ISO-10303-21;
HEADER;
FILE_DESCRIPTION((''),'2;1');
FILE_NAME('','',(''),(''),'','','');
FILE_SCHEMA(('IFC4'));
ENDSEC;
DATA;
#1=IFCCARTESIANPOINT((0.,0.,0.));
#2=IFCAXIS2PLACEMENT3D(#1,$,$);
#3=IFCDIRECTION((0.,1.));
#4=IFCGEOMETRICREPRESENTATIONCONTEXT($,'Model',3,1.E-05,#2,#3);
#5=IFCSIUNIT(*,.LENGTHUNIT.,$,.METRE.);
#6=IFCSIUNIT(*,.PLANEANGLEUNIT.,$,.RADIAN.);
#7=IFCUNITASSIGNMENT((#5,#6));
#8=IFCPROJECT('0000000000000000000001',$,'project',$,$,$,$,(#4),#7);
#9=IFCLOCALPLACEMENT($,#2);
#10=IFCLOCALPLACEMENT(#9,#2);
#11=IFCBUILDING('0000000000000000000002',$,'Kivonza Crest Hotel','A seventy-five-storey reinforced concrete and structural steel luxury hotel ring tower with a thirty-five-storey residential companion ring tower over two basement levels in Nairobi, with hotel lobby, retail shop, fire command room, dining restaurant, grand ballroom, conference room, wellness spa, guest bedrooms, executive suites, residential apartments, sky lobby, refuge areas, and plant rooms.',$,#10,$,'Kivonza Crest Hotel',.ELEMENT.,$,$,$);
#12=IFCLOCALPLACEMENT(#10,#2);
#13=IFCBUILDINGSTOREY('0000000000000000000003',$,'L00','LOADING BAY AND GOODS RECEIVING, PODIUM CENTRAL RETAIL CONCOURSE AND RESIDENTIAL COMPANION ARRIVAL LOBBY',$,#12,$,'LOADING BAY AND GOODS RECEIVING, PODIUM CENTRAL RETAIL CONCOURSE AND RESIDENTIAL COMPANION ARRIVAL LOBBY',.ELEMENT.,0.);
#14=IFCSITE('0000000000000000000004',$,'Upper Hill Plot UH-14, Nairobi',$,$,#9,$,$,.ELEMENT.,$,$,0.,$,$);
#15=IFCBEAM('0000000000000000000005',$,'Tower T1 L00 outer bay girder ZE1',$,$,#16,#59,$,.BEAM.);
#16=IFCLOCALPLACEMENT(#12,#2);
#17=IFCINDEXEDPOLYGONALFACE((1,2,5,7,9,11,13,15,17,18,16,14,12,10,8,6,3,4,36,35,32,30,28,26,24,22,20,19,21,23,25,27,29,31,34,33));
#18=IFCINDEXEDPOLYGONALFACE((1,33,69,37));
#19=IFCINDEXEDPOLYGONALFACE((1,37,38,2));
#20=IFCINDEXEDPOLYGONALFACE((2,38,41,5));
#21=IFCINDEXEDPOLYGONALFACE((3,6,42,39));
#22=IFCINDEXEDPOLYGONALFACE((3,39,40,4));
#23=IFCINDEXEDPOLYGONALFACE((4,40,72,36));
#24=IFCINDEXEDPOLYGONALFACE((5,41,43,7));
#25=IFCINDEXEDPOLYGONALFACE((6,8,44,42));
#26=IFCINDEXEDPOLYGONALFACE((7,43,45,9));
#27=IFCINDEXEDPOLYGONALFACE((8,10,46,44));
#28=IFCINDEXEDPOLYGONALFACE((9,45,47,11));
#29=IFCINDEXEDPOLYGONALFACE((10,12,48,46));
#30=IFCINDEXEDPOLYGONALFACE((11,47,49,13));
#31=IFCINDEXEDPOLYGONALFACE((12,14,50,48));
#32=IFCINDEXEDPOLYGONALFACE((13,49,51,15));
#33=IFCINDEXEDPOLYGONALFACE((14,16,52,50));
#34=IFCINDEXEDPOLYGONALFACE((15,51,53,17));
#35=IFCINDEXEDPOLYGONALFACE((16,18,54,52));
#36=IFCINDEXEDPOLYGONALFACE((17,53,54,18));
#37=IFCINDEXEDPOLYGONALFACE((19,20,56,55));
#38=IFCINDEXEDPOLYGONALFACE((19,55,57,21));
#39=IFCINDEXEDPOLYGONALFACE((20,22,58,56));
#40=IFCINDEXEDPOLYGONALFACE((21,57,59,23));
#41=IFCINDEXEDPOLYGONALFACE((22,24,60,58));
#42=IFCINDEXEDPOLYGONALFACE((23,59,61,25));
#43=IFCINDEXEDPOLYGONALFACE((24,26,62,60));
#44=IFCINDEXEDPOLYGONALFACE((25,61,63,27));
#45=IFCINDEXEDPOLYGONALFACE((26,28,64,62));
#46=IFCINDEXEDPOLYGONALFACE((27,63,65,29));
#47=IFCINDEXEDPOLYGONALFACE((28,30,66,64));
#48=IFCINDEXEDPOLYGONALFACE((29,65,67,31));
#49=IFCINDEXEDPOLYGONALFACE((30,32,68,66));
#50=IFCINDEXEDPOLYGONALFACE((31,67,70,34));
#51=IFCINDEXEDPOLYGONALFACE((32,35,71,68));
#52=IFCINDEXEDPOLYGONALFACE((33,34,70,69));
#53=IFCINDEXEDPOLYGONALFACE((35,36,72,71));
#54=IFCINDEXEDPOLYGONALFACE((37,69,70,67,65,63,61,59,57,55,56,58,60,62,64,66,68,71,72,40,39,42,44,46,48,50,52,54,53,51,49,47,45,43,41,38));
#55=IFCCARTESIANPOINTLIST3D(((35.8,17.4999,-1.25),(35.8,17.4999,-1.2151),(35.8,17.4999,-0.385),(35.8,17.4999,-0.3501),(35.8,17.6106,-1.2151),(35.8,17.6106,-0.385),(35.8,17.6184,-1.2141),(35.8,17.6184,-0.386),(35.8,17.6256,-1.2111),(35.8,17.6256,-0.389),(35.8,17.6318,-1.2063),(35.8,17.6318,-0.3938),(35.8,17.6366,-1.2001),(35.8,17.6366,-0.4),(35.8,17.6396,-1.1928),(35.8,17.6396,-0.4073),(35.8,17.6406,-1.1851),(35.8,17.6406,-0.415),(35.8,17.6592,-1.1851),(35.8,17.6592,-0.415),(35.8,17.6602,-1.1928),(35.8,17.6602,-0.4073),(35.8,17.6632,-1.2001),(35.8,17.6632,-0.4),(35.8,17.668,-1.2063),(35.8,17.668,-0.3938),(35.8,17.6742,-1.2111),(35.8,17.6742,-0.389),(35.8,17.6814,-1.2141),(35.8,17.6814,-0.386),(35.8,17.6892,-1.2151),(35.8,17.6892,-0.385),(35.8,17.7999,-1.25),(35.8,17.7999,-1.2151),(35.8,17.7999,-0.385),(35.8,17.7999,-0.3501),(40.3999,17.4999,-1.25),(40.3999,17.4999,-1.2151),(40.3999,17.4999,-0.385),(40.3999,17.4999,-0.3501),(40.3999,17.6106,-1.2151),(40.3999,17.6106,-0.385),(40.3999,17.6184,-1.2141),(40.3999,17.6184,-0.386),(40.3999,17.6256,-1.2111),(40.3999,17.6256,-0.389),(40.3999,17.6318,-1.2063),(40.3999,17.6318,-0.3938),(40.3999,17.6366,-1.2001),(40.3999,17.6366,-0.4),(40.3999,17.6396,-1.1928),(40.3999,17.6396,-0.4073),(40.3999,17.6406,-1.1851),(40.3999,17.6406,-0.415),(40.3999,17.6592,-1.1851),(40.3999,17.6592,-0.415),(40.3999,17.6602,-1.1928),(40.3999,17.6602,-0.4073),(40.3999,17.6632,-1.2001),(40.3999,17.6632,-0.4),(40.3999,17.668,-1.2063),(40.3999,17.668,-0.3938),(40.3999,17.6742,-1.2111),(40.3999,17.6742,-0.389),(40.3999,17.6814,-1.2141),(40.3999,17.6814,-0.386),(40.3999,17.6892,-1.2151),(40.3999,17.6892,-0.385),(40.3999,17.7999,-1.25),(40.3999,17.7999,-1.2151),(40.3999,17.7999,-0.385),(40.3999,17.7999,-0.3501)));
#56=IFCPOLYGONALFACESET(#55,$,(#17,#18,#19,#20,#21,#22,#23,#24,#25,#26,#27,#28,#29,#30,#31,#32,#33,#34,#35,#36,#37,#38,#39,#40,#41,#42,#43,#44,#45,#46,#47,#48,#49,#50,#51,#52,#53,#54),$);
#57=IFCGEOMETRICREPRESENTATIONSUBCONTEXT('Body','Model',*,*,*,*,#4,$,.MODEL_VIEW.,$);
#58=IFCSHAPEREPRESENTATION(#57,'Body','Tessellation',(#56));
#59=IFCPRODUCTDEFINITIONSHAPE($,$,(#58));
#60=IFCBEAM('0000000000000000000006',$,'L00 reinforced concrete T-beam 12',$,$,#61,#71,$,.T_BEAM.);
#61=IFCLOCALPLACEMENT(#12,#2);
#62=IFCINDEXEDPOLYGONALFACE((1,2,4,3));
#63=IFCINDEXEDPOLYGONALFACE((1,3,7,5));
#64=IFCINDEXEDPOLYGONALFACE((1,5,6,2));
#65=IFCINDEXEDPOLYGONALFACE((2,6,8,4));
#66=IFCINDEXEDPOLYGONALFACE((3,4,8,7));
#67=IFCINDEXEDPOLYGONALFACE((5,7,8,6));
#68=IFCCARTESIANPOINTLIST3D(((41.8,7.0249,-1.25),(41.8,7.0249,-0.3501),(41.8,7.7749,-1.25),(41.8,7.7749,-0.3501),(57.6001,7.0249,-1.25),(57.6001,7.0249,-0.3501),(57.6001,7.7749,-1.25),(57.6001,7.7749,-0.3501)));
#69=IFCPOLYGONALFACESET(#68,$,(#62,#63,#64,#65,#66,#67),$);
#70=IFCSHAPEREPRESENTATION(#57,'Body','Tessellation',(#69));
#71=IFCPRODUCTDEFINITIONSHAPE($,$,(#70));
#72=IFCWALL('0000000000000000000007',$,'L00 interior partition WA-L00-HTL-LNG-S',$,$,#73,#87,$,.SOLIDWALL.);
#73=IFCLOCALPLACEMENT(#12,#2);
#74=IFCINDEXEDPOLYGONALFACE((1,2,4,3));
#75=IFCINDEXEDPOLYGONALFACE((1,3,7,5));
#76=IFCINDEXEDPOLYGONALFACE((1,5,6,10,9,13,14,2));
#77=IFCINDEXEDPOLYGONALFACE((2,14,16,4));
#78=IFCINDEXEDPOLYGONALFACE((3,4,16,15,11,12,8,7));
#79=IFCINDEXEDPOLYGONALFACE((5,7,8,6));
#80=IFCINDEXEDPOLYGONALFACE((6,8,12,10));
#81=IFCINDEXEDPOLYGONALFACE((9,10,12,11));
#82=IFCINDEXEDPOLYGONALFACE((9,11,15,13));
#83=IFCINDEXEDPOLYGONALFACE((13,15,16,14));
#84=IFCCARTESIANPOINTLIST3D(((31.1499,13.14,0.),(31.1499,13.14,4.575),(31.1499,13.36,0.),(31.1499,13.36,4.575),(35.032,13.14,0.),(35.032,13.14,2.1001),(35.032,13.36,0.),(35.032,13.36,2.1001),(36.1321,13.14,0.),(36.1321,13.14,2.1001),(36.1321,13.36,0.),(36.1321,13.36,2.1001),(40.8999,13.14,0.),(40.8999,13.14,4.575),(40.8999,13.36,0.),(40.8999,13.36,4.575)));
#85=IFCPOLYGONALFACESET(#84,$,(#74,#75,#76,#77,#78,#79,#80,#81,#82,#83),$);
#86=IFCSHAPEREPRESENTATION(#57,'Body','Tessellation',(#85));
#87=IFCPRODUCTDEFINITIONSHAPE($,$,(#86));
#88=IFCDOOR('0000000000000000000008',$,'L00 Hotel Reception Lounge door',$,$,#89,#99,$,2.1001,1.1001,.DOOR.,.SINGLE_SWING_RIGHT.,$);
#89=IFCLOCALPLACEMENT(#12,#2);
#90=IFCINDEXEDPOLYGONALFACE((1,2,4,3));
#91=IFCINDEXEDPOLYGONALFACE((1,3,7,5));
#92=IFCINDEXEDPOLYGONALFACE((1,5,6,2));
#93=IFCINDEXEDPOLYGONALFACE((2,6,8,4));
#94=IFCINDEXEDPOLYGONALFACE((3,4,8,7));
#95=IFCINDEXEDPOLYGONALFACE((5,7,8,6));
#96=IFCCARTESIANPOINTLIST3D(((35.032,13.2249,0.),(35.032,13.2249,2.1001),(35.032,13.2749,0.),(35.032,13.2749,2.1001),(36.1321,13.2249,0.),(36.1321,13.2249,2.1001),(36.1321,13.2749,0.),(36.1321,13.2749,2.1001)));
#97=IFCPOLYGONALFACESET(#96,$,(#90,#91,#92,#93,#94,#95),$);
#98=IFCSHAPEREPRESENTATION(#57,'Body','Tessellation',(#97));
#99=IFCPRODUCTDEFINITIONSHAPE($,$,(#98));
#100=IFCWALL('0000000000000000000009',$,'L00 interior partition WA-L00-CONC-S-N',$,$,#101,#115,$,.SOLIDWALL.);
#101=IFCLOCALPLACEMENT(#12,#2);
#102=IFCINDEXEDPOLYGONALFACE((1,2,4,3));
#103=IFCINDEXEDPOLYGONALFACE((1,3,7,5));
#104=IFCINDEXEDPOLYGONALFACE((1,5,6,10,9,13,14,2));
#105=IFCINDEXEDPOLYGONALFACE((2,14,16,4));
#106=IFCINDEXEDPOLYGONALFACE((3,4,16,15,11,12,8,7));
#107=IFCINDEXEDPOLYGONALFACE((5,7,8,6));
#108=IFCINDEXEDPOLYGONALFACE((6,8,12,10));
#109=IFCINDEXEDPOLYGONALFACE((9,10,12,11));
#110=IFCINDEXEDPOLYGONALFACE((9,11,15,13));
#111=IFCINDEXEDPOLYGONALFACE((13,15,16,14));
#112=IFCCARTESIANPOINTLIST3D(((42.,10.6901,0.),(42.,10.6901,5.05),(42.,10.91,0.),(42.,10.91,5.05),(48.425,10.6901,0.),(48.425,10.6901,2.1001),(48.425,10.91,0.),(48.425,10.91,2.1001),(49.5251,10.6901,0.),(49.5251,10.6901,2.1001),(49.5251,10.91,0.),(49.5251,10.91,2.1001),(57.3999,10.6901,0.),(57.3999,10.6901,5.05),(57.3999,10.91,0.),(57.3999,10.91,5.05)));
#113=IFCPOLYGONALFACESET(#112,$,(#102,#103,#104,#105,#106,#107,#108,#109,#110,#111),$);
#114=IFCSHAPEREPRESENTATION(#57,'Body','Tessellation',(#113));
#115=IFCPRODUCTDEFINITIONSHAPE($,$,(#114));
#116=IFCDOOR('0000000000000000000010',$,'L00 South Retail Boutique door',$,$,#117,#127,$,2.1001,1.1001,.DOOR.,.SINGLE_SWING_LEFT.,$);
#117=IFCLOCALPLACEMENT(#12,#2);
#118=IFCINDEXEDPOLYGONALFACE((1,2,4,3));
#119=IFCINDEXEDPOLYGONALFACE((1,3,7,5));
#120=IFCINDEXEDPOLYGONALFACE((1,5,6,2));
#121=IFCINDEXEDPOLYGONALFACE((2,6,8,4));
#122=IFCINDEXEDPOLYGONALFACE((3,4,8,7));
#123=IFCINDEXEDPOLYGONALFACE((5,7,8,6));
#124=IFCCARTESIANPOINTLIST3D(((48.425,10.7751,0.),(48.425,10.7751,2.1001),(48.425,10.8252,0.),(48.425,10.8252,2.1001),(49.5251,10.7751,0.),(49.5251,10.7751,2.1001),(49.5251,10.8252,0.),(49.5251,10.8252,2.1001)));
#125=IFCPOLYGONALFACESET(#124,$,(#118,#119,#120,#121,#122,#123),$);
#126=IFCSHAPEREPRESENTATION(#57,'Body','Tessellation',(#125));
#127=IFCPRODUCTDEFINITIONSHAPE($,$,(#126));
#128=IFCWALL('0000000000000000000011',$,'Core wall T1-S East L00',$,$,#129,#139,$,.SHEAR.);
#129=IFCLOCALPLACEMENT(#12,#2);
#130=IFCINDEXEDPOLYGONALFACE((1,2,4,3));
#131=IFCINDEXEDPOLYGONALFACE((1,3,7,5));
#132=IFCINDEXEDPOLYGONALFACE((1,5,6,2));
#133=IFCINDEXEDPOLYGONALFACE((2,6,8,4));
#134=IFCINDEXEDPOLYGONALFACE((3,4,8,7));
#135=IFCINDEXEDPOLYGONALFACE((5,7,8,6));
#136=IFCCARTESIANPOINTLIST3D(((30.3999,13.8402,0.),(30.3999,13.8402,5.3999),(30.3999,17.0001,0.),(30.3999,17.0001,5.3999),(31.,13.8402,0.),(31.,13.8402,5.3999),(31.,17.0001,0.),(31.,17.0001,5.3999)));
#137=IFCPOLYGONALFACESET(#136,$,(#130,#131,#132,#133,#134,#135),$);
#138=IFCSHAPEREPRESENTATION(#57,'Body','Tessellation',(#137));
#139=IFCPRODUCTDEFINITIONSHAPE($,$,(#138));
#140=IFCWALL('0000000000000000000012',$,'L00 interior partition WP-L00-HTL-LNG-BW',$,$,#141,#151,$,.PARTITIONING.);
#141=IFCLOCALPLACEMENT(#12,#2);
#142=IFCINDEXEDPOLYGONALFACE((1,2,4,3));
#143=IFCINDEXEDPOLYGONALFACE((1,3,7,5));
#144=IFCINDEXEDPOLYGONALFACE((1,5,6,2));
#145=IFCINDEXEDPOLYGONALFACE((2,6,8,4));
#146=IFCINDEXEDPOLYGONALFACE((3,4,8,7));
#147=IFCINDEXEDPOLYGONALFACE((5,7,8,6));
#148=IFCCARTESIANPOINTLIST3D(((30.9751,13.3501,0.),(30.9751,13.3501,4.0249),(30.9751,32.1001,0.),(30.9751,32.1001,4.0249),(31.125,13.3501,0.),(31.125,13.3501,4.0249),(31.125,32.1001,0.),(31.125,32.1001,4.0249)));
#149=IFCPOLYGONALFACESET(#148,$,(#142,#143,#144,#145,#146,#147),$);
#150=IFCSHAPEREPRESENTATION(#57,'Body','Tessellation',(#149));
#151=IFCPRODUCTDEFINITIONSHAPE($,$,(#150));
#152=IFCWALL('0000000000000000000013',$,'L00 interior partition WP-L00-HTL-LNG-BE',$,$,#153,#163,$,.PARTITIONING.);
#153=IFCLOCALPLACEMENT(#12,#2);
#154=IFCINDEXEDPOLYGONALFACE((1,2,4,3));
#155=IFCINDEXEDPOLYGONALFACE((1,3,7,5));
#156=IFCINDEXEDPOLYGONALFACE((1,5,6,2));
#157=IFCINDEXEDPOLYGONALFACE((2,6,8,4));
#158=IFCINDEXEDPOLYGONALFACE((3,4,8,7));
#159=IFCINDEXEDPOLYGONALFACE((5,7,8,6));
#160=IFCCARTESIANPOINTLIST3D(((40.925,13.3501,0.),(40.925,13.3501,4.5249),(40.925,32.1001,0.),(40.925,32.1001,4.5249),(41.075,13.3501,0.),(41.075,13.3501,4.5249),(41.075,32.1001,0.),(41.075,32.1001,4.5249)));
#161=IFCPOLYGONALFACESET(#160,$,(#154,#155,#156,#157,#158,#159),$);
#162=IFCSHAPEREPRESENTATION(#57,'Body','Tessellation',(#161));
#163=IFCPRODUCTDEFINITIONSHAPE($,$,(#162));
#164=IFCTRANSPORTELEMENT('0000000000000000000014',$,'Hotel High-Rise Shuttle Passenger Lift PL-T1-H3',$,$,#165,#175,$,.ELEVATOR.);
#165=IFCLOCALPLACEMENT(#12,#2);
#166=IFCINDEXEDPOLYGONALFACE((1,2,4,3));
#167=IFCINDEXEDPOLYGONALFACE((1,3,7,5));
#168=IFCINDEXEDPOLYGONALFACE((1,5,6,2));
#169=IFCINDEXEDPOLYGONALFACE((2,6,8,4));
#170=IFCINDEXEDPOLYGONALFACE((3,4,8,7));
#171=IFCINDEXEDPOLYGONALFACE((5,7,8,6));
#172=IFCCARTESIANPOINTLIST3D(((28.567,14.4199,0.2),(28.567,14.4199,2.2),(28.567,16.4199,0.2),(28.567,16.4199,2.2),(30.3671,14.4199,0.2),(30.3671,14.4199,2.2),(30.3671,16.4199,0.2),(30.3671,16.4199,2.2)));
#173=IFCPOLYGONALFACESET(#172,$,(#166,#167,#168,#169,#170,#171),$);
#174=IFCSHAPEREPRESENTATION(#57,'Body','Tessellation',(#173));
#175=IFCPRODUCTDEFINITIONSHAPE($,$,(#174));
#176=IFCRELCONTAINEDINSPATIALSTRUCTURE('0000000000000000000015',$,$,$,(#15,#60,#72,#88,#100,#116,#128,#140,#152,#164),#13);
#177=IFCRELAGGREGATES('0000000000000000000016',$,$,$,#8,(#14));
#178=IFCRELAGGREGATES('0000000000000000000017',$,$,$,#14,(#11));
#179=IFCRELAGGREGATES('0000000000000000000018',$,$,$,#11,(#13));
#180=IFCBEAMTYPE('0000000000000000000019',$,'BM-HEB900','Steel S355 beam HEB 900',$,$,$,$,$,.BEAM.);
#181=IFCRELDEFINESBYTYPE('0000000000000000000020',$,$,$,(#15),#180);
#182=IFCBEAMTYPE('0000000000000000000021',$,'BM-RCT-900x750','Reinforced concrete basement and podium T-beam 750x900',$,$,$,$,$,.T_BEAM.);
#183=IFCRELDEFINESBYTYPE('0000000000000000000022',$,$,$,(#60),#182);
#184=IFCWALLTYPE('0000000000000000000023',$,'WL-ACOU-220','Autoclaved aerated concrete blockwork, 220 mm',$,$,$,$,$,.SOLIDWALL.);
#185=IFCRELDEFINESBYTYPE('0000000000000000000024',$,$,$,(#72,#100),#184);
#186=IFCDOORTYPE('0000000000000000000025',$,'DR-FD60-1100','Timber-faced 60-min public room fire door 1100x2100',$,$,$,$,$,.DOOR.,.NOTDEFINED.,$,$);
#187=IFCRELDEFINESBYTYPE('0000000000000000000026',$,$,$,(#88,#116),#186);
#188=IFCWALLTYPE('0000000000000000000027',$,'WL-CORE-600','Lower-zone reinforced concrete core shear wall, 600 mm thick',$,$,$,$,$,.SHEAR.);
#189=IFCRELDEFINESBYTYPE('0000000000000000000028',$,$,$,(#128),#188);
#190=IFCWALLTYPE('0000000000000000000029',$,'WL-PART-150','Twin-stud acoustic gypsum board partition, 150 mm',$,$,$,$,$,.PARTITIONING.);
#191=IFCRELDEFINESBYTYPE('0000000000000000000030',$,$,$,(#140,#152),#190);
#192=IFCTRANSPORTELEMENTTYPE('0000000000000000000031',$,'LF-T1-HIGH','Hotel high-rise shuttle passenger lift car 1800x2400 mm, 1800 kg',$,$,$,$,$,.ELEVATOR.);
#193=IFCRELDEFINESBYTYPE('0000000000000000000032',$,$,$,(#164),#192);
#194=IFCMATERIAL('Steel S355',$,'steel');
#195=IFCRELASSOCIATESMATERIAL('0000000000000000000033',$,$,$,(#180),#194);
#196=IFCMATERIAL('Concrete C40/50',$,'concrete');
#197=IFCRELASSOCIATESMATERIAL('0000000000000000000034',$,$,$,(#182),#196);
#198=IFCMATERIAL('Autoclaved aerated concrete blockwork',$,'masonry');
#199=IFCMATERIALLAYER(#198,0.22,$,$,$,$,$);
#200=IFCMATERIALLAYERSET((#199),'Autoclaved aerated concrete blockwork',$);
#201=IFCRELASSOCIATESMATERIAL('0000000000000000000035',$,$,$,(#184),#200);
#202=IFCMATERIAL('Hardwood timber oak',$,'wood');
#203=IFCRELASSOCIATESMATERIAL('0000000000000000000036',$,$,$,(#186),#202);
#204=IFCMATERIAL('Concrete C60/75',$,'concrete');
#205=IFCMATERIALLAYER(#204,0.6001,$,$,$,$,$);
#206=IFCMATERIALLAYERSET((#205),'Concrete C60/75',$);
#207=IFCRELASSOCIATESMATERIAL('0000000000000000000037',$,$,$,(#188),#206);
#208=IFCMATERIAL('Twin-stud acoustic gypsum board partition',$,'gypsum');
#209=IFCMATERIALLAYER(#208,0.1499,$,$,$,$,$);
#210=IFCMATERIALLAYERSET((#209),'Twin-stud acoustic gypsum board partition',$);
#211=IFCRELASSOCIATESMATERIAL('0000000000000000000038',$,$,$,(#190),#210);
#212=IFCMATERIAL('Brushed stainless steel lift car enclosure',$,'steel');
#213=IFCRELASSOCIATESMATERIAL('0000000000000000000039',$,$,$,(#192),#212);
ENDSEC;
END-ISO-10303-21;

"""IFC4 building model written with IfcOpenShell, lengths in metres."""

from ifc_helpers import new_model, si_unit, direction, frame, frame_2d, origin, origin_2d, place, context, subcontext, project, spatial, rectangle, i_section, extrude, material, layer, layer_set, material_profile, profile_set, type_object, element, fill, save


model = new_model("IFC4")

# Units and contexts
model_context = context("Model", 3, precision=1e-05, world=origin(), true_north=direction((0.0, 1.0)))
body_context = subcontext(model_context, "Body", "Model", "MODEL_VIEW")
ifc_project = project(units=[si_unit("LENGTHUNIT", "METRE"), si_unit("PLANEANGLEUNIT", "RADIAN")], contexts=[model_context])

# Site, building, storey
site_placement = place(None, origin())
site = spatial("IfcSite", under=ifc_project, at=site_placement, Name="Upper Hill Plot UH-14, Nairobi", CompositionType="ELEMENT", RefElevation=0.0)
building_placement = place(site_placement, origin())
building = spatial("IfcBuilding", under=site, at=building_placement, Name="Kivonza Crest Hotel", Description="A seventy-five-storey reinforced concrete and structural steel luxury hotel ring tower with a thirty-five-storey residential companion ring tower over two basement levels in Nairobi, with hotel lobby, retail shop, fire command room, dining restaurant, grand ballroom, conference room, wellness spa, guest bedrooms, executive suites, residential apartments, sky lobby, refuge areas, and plant rooms.", LongName="Kivonza Crest Hotel", CompositionType="ELEMENT")
storey_placement = place(building_placement, origin())
storey = spatial("IfcBuildingStorey", under=building, at=storey_placement, Name="L00", Description="LOADING BAY AND GOODS RECEIVING, PODIUM CENTRAL RETAIL CONCOURSE AND RESIDENTIAL COMPANION ARRIVAL LOBBY", LongName="LOADING BAY AND GOODS RECEIVING, PODIUM CENTRAL RETAIL CONCOURSE AND RESIDENTIAL COMPANION ARRIVAL LOBBY", CompositionType="ELEMENT", Elevation=0.0)

# Shared definitions
ifc_material_1 = material(Name="Concrete C60/75", Category="concrete")

# Beams
ifc_material_2 = material(Name="Steel S355", Category="steel")
ifc_material_profile_1 = material_profile(ifc_material_2, i_section(OverallWidth=0.3, OverallDepth=0.8999, WebThickness=0.0186, FlangeThickness=0.0349, FilletRadius=0.03, at=origin_2d()), Name="HEB 900")
ifc_profile_set_1 = profile_set([ifc_material_profile_1], Name="Steel S355")
beam_type_1 = type_object("IfcBeamType", Name="BM-HEB900", Description="Steel S355 beam HEB 900", PredefinedType="BEAM", material=ifc_profile_set_1)
beam_1_placement = place(storey_placement, frame((40.3999, 17.6499, -0.8), z_axis=(-1.0, 0.0, 0.0), x_axis=(0.0, -1.0, 0.0)))
element("IfcBeam", 1, at=beam_1_placement, inside=storey, type_object=beam_type_1, Name="Tower T1 L00 outer bay girder ZE1", PredefinedType="BEAM", context=body_context, shape_type="SweptSolid", body=[
    extrude(i_section(OverallWidth=0.3, OverallDepth=0.8999, WebThickness=0.0186, FlangeThickness=0.0349, FilletRadius=0.03, at=origin_2d()), origin(), (0.0, 0.0, 1.0), 4.5999),
])
ifc_material_3 = material(Name="Concrete C40/50", Category="concrete")
ifc_material_profile_2 = material_profile(ifc_material_3, rectangle(XDim=0.75, YDim=0.8999, at=origin_2d()), Name="RC 900x750")
ifc_profile_set_2 = profile_set([ifc_material_profile_2], Name="Concrete C40/50")
beam_type_2 = type_object("IfcBeamType", Name="BM-RCT-900x750", Description="Reinforced concrete basement and podium T-beam 750x900", PredefinedType="T_BEAM", material=ifc_profile_set_2)
beam_2_placement = place(storey_placement, frame((41.8, 7.3999, -0.8), z_axis=(1.0, 0.0, 0.0), x_axis=(0.0, 1.0, 0.0)))
element("IfcBeam", 2, at=beam_2_placement, inside=storey, type_object=beam_type_2, Name="L00 reinforced concrete T-beam 12", PredefinedType="T_BEAM", context=body_context, shape_type="SweptSolid", body=[
    extrude(rectangle(XDim=0.75, YDim=0.8999, at=origin_2d()), origin(), (0.0, 0.0, 1.0), 15.8),
])

# Walls, openings, doors
ifc_material_4 = material(Name="Autoclaved aerated concrete blockwork", Category="masonry")
ifc_layer_1 = layer(ifc_material_4, 0.22)
ifc_layer_set_1 = layer_set([ifc_layer_1], Name="Autoclaved aerated concrete blockwork")
wall_type_1 = type_object("IfcWallType", Name="WL-ACOU-220", Description="Autoclaved aerated concrete blockwork, 220 mm", PredefinedType="SOLIDWALL", material=ifc_layer_set_1)
wall_1_placement = place(storey_placement, frame((31.1499, 13.25, 0.0), z_axis=(0.0, 0.0, 1.0), x_axis=(1.0, 0.0, 0.0)))
wall_1 = element("IfcWall", 3, at=wall_1_placement, inside=storey, type_object=wall_type_1, Name="L00 interior partition WA-L00-HTL-LNG-S", PredefinedType="SOLIDWALL", context=body_context, shape_type="SweptSolid", body=[
    extrude(rectangle(XDim=9.75, YDim=0.22, at=frame_2d((4.875, 0.0))), origin(), (0.0, 0.0, 1.0), 4.575),
])
opening_1_placement = place(wall_1_placement, frame((3.8821, 0.0, 0.0)))
opening_1 = element("IfcOpeningElement", 4, at=opening_1_placement, cuts=wall_1, PredefinedType="OPENING", context=body_context, shape_type="SweptSolid", body=[
    extrude(rectangle(XDim=1.1001, YDim=2.1001, at=frame_2d((0.55, 1.05))), frame((0.0, 0.1201, 0.0), z_axis=(0.0, -1.0, 0.0), x_axis=(1.0, 0.0, 0.0)), (0.0, 0.0, 1.0), 0.24),
])
ifc_material_5 = material(Name="Hardwood timber oak", Category="wood")
door_type = type_object("IfcDoorType", Name="DR-FD60-1100", Description="Timber-faced 60-min public room fire door 1100x2100", OperationType="NOTDEFINED", PredefinedType="DOOR", material=ifc_material_5)
door_1_placement = place(opening_1_placement, origin())
door_1 = element("IfcDoor", 5, at=door_1_placement, inside=storey, type_object=door_type, Name="L00 Hotel Reception Lounge door", OperationType="SINGLE_SWING_RIGHT", OverallHeight=2.1001, OverallWidth=1.1001, PredefinedType="DOOR", context=body_context, shape_type="SweptSolid", body=[
    extrude(rectangle(XDim=1.1001, YDim=2.1001, at=frame_2d((0.55, 1.05))), frame((0.0, 0.0249, 0.0), z_axis=(0.0, -1.0, 0.0), x_axis=(1.0, 0.0, 0.0)), (0.0, 0.0, 1.0), 0.05),
])
fill(opening_1, door_1)
wall_2_placement = place(storey_placement, frame((42.0, 10.8, 0.0), z_axis=(0.0, 0.0, 1.0), x_axis=(1.0, 0.0, 0.0)))
wall_2 = element("IfcWall", 6, at=wall_2_placement, inside=storey, type_object=wall_type_1, Name="L00 interior partition WA-L00-CONC-S-N", PredefinedType="SOLIDWALL", context=body_context, shape_type="SweptSolid", body=[
    extrude(rectangle(XDim=15.3999, YDim=0.22, at=frame_2d((7.7, 0.0))), origin(), (0.0, 0.0, 1.0), 5.05),
])
opening_2_placement = place(wall_2_placement, frame((6.425, 0.0, 0.0)))
opening_2 = element("IfcOpeningElement", 7, at=opening_2_placement, cuts=wall_2, PredefinedType="OPENING", context=body_context, shape_type="SweptSolid", body=[
    extrude(rectangle(XDim=1.1001, YDim=2.1001, at=frame_2d((0.55, 1.05))), frame((0.0, 0.1201, 0.0), z_axis=(0.0, -1.0, 0.0), x_axis=(1.0, 0.0, 0.0)), (0.0, 0.0, 1.0), 0.24),
])
door_2_placement = place(opening_2_placement, frame((1.1001, 0.0, 0.0), z_axis=(0.0, 0.0, 1.0), x_axis=(-1.0, 0.0, 0.0)))
door_2 = element("IfcDoor", 8, at=door_2_placement, inside=storey, type_object=door_type, Name="L00 South Retail Boutique door", OperationType="SINGLE_SWING_LEFT", OverallHeight=2.1001, OverallWidth=1.1001, PredefinedType="DOOR", context=body_context, shape_type="SweptSolid", body=[
    extrude(rectangle(XDim=1.1001, YDim=2.1001, at=frame_2d((0.55, 1.05))), frame((0.0, 0.0249, 0.0), z_axis=(0.0, -1.0, 0.0), x_axis=(1.0, 0.0, 0.0)), (0.0, 0.0, 1.0), 0.05),
])
fill(opening_2, door_2)

# Walls
ifc_layer_2 = layer(ifc_material_1, 0.6001)
ifc_layer_set_2 = layer_set([ifc_layer_2], Name="Concrete C60/75")
wall_type_2 = type_object("IfcWallType", Name="WL-CORE-600", Description="Lower-zone reinforced concrete core shear wall, 600 mm thick", PredefinedType="SHEAR", material=ifc_layer_set_2)
wall_3_placement = place(storey_placement, frame((30.7, 13.8401, 0.0), z_axis=(0.0, 0.0, 1.0), x_axis=(0.0, 1.0, 0.0)))
element("IfcWall", 9, at=wall_3_placement, inside=storey, type_object=wall_type_2, Name="Core wall T1-S East L00", PredefinedType="SHEAR", context=body_context, shape_type="SweptSolid", body=[
    extrude(rectangle(XDim=3.1599, YDim=0.6001, at=frame_2d((1.5801, 0.0))), origin(), (0.0, 0.0, 1.0), 5.3999),
])
ifc_material_6 = material(Name="Twin-stud acoustic gypsum board partition", Category="gypsum")
ifc_layer_3 = layer(ifc_material_6, 0.1499)
ifc_layer_set_3 = layer_set([ifc_layer_3], Name="Twin-stud acoustic gypsum board partition")
wall_type_3 = type_object("IfcWallType", Name="WL-PART-150", Description="Twin-stud acoustic gypsum board partition, 150 mm", PredefinedType="PARTITIONING", material=ifc_layer_set_3)
wall_4_placement = place(storey_placement, frame((31.05, 13.3501, 0.0), z_axis=(0.0, 0.0, 1.0), x_axis=(0.0, 1.0, 0.0)))
element("IfcWall", 10, at=wall_4_placement, inside=storey, type_object=wall_type_3, Name="L00 interior partition WP-L00-HTL-LNG-BW", PredefinedType="PARTITIONING", context=body_context, shape_type="SweptSolid", body=[
    extrude(rectangle(XDim=18.75, YDim=0.1499, at=frame_2d((9.375, 0.0))), origin(), (0.0, 0.0, 1.0), 4.0249),
])
wall_5_placement = place(storey_placement, frame((41.0, 13.3501, 0.0), z_axis=(0.0, 0.0, 1.0), x_axis=(0.0, 1.0, 0.0)))
element("IfcWall", 11, at=wall_5_placement, inside=storey, type_object=wall_type_3, Name="L00 interior partition WP-L00-HTL-LNG-BE", PredefinedType="PARTITIONING", context=body_context, shape_type="SweptSolid", body=[
    extrude(rectangle(XDim=18.75, YDim=0.1499, at=frame_2d((9.375, 0.0))), origin(), (0.0, 0.0, 1.0), 4.5249),
])

# Transport element
ifc_material_7 = material(Name="Brushed stainless steel lift car enclosure", Category="steel")
transport_element_type = type_object("IfcTransportElementType", Name="LF-T1-HIGH", Description="Hotel high-rise shuttle passenger lift car 1800x2400 mm, 1800 kg", PredefinedType="ELEVATOR", material=ifc_material_7)
transport_element_placement = place(storey_placement, frame((29.467, 15.4199, 0.2), z_axis=(0.0, 0.0, 1.0), x_axis=(1.0, 0.0, 0.0)))
element("IfcTransportElement", 12, at=transport_element_placement, inside=storey, type_object=transport_element_type, Name="Hotel High-Rise Shuttle Passenger Lift PL-T1-H3", PredefinedType="ELEVATOR", context=body_context, shape_type="SweptSolid", body=[
    extrude(rectangle(XDim=1.8, YDim=2.0, at=origin_2d()), origin(), (0.0, 0.0, 1.0), 2.0),
])

save(model, "model.ifc")
